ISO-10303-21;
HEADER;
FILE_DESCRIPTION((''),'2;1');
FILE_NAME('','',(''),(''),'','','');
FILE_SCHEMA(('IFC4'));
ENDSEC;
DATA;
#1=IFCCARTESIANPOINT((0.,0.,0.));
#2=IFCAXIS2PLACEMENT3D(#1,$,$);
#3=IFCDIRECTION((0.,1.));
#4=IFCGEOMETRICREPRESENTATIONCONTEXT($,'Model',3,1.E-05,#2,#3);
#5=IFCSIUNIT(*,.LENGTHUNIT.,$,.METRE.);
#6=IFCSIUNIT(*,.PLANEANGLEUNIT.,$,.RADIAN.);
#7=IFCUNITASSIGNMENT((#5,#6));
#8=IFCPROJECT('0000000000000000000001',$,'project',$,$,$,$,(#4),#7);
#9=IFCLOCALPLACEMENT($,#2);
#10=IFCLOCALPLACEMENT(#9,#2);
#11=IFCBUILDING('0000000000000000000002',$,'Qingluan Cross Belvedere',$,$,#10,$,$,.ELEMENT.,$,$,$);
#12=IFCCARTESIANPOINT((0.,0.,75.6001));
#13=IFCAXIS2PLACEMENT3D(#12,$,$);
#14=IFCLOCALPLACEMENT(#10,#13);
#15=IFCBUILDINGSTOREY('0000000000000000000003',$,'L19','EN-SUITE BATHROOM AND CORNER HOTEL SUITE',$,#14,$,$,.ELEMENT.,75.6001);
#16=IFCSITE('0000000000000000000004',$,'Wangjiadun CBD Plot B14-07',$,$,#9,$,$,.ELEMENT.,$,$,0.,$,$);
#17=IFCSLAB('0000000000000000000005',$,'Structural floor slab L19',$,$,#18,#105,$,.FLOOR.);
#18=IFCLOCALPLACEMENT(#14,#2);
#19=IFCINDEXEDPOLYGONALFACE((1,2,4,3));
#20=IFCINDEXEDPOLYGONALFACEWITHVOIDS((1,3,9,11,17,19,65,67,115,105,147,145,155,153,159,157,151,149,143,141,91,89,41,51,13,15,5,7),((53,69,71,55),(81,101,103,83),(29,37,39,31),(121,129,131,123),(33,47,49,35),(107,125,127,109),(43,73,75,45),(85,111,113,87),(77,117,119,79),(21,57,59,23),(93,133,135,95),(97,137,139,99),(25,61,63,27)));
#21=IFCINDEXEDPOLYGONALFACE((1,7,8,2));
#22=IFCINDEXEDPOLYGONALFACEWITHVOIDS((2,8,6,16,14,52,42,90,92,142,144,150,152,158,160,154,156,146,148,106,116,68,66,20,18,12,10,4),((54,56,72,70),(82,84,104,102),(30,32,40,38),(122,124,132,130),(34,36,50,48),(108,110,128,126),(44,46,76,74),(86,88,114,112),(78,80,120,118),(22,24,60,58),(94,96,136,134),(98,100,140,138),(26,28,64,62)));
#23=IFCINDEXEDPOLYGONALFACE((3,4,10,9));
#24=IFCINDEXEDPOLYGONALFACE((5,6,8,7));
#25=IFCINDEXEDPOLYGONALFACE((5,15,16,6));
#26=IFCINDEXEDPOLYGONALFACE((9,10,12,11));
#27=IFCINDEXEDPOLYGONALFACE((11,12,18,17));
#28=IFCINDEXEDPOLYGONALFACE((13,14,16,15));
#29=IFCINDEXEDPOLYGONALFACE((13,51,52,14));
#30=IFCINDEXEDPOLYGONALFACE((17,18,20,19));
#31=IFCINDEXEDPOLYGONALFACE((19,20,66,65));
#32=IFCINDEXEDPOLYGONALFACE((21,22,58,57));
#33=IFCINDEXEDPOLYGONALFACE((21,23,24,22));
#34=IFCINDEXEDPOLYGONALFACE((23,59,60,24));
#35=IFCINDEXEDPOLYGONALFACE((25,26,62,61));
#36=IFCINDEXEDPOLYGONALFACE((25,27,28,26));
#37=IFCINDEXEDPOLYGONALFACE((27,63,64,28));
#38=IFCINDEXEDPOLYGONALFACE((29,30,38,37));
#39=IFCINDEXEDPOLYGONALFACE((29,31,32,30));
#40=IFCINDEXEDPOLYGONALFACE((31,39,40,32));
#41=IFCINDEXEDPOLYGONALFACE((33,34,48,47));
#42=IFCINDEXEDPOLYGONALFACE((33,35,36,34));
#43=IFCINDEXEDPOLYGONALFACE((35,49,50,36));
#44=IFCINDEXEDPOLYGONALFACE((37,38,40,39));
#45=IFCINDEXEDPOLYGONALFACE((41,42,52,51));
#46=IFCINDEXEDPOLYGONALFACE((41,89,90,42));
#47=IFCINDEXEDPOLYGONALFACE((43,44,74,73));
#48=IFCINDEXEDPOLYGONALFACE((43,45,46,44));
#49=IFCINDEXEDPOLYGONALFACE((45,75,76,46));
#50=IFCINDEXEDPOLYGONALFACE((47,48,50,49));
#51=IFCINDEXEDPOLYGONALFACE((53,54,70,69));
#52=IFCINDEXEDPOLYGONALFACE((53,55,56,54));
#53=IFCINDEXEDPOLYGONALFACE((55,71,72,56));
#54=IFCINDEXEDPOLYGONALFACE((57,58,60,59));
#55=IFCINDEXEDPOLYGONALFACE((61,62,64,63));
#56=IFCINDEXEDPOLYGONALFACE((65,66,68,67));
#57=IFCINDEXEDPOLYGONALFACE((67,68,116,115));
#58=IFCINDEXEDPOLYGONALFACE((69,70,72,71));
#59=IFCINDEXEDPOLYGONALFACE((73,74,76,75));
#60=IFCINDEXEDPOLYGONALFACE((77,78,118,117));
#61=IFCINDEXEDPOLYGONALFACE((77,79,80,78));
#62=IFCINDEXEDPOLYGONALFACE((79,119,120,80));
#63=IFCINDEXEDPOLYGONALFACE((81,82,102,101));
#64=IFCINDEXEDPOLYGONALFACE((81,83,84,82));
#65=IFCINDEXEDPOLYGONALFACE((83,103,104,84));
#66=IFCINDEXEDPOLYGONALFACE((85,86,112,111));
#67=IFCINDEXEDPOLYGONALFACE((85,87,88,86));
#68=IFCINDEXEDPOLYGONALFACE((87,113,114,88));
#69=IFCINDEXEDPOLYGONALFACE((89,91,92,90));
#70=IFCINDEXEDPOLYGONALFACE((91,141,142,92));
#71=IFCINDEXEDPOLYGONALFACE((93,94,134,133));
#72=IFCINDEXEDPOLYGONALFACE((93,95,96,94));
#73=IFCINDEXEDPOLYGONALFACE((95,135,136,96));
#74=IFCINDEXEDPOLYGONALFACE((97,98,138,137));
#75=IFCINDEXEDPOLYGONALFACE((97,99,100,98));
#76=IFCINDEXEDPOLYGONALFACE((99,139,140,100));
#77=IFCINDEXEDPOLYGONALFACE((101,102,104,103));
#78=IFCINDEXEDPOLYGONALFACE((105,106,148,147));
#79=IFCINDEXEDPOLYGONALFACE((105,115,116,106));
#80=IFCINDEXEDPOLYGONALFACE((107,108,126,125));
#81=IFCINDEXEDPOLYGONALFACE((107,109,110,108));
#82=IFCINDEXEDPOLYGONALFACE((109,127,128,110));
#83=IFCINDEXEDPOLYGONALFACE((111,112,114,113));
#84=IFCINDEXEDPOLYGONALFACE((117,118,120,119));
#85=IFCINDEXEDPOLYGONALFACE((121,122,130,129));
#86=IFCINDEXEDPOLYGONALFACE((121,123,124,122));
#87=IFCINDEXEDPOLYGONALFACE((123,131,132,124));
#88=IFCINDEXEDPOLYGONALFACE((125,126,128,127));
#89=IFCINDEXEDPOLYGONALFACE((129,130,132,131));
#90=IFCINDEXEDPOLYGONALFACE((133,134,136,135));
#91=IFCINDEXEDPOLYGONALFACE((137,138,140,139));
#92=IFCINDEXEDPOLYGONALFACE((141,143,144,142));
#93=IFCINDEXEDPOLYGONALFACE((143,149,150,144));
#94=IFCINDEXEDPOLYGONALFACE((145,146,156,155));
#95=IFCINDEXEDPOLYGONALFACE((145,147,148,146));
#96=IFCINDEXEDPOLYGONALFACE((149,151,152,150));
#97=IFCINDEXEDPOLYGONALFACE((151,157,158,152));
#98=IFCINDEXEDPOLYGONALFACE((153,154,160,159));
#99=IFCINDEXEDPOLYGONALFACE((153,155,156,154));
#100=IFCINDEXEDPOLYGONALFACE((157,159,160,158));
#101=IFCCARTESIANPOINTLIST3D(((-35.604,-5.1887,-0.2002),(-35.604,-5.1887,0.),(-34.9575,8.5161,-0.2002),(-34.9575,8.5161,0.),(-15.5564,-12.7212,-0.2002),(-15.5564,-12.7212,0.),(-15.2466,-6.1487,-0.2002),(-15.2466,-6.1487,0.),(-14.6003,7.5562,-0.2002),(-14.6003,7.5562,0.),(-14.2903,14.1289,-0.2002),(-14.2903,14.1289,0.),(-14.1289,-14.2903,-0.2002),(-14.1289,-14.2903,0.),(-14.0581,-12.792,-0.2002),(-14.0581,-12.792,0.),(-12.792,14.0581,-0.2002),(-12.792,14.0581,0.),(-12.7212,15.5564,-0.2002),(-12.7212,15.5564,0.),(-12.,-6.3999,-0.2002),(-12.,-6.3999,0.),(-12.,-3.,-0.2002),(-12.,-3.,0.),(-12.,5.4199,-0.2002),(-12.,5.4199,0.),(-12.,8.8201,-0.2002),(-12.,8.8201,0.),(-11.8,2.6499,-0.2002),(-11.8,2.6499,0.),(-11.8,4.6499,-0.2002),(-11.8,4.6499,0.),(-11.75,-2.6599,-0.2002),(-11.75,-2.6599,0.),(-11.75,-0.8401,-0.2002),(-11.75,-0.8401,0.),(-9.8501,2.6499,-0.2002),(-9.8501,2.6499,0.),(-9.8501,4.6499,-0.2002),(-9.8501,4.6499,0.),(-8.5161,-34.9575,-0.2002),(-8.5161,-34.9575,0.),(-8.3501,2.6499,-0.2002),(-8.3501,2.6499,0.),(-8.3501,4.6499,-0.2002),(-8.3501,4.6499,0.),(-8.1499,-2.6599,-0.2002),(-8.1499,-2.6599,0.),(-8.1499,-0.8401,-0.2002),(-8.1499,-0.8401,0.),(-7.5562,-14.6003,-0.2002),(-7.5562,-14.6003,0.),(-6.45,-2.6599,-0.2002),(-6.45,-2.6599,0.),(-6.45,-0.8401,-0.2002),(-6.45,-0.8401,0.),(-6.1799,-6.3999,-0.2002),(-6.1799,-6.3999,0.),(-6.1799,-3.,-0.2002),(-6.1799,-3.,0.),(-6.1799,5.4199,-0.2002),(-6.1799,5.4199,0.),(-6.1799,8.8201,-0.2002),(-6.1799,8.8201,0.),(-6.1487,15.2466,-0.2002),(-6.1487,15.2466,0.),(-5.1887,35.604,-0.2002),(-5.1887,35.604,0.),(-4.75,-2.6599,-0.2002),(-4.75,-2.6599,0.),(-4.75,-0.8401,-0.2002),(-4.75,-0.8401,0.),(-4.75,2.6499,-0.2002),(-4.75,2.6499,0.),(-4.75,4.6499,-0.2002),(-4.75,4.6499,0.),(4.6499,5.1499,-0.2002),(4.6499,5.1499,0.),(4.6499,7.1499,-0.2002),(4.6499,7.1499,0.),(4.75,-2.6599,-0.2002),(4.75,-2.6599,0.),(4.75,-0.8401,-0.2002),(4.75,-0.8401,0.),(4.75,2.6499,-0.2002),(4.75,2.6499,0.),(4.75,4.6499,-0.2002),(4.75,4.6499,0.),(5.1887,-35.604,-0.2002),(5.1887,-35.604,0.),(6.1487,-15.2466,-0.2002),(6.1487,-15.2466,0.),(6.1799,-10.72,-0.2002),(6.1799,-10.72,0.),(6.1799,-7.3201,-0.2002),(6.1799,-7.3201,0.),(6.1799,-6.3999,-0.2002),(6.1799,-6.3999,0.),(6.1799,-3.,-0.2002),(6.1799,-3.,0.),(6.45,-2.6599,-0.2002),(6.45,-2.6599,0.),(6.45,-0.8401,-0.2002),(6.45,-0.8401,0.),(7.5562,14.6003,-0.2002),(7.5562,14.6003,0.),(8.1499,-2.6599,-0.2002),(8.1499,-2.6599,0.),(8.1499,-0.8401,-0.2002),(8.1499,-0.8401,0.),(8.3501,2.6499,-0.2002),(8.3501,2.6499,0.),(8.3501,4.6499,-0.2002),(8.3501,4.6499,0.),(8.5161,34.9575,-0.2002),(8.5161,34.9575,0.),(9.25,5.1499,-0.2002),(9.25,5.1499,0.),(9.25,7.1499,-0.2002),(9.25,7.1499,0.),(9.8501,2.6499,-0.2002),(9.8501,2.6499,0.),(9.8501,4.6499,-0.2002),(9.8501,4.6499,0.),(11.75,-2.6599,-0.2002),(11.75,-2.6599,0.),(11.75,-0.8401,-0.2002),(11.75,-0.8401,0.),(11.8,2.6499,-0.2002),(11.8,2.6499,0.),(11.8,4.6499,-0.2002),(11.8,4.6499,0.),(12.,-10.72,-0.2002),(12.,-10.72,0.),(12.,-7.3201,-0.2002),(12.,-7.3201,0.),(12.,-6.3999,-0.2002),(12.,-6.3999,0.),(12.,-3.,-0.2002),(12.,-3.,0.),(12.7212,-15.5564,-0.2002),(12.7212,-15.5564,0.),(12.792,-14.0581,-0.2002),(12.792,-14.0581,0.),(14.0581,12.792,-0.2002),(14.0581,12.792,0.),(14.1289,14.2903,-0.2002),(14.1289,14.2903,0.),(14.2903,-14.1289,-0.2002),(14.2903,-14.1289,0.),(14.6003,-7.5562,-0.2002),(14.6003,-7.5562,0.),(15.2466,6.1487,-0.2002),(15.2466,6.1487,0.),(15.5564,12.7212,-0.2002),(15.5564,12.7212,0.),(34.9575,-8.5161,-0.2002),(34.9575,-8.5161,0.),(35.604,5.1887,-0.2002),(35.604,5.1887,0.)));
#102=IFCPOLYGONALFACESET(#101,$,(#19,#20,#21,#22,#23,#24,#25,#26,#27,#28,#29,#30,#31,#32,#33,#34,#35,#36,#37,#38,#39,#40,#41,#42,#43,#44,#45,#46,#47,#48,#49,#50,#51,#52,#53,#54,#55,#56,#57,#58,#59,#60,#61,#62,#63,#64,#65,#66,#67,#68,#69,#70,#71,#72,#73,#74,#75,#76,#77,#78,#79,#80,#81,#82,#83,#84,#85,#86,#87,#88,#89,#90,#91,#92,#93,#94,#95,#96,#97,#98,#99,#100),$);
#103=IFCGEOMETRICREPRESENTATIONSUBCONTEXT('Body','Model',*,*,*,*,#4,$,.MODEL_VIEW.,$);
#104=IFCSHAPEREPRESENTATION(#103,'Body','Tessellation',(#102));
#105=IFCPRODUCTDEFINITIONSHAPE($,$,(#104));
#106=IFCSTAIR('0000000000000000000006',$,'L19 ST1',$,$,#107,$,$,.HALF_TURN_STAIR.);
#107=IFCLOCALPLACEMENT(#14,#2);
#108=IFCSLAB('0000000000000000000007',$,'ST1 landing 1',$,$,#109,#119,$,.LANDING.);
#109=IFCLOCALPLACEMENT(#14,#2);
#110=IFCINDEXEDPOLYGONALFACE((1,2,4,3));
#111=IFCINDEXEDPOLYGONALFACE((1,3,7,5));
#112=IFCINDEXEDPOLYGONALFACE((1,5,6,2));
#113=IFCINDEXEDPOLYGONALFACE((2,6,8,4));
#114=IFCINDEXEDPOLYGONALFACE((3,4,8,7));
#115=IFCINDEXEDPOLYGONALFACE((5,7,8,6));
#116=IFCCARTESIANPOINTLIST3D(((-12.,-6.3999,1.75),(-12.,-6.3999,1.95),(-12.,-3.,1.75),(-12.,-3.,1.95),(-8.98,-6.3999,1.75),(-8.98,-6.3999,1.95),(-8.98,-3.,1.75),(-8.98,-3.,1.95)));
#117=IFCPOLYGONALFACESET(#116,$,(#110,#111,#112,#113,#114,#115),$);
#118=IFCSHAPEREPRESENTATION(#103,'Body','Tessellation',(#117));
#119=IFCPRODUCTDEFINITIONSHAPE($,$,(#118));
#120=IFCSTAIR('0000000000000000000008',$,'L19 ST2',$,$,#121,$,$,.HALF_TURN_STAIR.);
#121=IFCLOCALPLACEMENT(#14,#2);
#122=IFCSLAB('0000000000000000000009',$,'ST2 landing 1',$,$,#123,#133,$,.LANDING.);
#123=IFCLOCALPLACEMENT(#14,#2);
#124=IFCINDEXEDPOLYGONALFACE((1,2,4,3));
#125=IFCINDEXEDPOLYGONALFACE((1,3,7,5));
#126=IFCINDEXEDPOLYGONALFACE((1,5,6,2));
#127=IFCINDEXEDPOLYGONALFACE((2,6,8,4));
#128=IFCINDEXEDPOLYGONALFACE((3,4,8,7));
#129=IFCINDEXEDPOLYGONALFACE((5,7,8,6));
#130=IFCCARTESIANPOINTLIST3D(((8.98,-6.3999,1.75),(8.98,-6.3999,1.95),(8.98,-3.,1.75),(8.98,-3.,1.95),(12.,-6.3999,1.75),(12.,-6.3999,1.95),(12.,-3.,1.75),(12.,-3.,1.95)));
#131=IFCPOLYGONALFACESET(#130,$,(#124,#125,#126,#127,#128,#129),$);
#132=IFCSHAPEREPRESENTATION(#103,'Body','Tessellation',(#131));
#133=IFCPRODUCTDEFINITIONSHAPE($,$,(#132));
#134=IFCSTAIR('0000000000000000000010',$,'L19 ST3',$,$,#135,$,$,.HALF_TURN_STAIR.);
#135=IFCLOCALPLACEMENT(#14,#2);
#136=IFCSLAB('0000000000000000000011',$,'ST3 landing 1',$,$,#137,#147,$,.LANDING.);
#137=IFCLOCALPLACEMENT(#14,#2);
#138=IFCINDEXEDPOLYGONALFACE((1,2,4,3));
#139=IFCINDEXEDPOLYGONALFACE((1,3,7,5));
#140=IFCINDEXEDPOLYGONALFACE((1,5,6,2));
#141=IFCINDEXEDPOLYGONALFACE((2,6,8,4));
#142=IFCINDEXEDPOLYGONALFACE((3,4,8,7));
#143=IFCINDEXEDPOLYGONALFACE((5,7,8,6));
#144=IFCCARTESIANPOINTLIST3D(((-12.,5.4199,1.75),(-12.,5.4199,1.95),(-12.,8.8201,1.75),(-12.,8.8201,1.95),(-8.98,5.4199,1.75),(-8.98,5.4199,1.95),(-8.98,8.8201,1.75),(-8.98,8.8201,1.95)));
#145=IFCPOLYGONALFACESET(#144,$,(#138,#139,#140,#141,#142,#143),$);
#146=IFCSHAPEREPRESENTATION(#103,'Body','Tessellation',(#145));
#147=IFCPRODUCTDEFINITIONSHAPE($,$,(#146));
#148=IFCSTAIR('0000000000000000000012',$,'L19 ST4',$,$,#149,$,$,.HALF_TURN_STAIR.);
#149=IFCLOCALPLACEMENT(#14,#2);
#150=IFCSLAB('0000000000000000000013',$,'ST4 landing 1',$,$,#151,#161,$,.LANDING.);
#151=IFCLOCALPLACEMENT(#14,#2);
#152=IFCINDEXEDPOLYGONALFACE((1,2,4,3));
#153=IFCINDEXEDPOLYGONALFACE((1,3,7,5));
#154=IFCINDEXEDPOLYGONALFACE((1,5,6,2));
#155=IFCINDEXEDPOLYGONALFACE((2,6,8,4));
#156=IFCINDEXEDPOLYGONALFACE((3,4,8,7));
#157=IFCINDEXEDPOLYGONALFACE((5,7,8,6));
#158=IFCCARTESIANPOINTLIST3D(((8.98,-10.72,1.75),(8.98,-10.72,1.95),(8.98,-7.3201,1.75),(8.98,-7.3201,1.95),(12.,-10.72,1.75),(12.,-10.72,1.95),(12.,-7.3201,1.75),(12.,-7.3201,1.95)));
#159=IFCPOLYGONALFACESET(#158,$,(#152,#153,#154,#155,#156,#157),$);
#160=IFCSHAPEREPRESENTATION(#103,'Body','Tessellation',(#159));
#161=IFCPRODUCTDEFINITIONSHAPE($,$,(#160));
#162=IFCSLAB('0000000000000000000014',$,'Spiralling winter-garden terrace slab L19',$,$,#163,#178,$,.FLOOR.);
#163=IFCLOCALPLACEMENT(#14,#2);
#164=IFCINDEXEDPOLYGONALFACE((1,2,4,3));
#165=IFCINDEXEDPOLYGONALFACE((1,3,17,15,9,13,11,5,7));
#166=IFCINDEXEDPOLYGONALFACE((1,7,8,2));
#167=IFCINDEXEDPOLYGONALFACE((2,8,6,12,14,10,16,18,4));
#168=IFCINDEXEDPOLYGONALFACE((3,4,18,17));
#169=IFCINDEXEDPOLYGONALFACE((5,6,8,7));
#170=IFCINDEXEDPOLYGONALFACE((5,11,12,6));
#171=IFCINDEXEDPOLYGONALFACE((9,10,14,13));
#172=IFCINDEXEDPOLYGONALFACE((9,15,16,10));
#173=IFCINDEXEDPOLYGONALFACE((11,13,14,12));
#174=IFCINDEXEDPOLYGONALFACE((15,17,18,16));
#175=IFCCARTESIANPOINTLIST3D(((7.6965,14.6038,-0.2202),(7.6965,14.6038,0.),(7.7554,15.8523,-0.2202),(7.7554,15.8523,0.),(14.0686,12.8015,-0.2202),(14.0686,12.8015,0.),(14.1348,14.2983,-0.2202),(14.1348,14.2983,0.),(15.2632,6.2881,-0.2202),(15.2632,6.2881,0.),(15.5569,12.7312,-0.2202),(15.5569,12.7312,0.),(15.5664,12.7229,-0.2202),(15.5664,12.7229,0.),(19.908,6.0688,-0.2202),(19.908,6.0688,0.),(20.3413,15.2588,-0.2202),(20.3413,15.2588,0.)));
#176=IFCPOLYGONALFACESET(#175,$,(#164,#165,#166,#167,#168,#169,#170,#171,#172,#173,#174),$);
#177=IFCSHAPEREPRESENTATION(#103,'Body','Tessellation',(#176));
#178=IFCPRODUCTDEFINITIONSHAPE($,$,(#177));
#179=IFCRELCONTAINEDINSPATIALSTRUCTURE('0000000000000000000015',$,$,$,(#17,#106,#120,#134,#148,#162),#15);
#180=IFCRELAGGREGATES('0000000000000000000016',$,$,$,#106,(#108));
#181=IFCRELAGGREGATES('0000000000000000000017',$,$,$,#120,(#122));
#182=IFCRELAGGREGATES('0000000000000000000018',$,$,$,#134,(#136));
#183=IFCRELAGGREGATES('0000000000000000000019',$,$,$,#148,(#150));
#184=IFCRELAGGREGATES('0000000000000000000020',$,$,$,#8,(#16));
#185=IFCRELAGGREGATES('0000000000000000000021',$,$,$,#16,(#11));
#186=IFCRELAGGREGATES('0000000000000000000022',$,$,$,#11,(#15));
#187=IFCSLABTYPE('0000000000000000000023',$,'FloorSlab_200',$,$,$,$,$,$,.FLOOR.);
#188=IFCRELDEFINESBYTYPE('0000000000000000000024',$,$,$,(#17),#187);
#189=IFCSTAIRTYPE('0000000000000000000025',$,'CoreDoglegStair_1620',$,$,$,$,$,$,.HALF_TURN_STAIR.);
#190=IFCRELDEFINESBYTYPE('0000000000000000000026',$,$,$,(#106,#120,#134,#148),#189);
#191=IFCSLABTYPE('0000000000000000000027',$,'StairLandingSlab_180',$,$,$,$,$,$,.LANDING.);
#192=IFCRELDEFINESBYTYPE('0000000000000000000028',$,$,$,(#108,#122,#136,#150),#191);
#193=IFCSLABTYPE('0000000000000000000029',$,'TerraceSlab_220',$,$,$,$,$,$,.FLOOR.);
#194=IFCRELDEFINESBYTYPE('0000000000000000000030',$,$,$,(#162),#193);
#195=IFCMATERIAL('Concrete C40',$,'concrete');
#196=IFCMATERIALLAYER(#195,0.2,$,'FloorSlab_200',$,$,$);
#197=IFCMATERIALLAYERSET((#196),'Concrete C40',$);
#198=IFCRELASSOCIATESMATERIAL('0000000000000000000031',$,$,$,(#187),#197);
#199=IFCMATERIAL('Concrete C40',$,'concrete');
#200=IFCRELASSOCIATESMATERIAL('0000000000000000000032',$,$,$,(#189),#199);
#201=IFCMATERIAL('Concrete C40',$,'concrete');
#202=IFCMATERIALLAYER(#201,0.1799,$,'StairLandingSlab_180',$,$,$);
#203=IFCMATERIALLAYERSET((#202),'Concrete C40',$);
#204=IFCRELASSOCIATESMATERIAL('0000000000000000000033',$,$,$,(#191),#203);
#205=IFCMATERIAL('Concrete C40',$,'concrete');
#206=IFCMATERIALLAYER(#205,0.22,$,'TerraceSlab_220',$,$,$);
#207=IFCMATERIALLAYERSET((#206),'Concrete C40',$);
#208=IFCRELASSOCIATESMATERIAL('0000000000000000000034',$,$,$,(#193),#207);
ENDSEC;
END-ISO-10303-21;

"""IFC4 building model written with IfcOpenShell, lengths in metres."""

from ifc_helpers import new_model, si_unit, direction, frame, origin, place, context, subcontext, project, spatial, polyline, outline, extrude, material, layer, layer_set, type_object, element, aggregate, save


model = new_model("IFC4")

# Units and contexts
model_context = context("Model", 3, precision=1e-05, world=origin(), true_north=direction((0.0, 1.0)))
body_context = subcontext(model_context, "Body", "Model", "MODEL_VIEW")
ifc_project = project(units=[si_unit("LENGTHUNIT", "METRE"), si_unit("PLANEANGLEUNIT", "RADIAN")], contexts=[model_context])

# Site, building, storey
site_placement = place(None, origin())
site = spatial("IfcSite", under=ifc_project, at=site_placement, Name="Wangjiadun CBD Plot B14-07", CompositionType="ELEMENT", RefElevation=0.0)
building_placement = place(site_placement, origin())
building = spatial("IfcBuilding", under=site, at=building_placement, Name="Qingluan Cross Belvedere", CompositionType="ELEMENT")
storey_placement = place(building_placement, frame((0.0, 0.0, 75.6001)))
storey = spatial("IfcBuildingStorey", under=building, at=storey_placement, Name="L19", Description="EN-SUITE BATHROOM AND CORNER HOTEL SUITE", CompositionType="ELEMENT", Elevation=75.6001)

# Slab
ifc_material_1 = material(Name="Concrete C40", Category="concrete")
ifc_layer_1 = layer(ifc_material_1, 0.2, Name="FloorSlab_200")
ifc_layer_set_1 = layer_set([ifc_layer_1], Name="Concrete C40")
slab_type_1 = type_object("IfcSlabType", Name="FloorSlab_200", PredefinedType="FLOOR", material=ifc_layer_set_1)
slab_1_placement = place(storey_placement, frame((0.0, 0.0, -0.2002)))
element("IfcSlab", 1, at=slab_1_placement, inside=storey, type_object=slab_type_1, Name="Structural floor slab L19", PredefinedType="FLOOR", context=body_context, shape_type="SweptSolid", body=[
    extrude(outline(polyline([(5.1887, -35.604), (6.1487, -15.2466), (12.7212, -15.5564), (12.792, -14.0581), (14.2903, -14.1289), (14.6003, -7.5562), (34.9575, -8.5161), (35.604, 5.1887), (15.2466, 6.1487), (15.5564, 12.7212), (14.0581, 12.792), (14.1289, 14.2903), (7.5562, 14.6003), (8.5161, 34.9575), (-5.1887, 35.604), (-6.1487, 15.2466), (-12.7212, 15.5564), (-12.792, 14.0581), (-14.2903, 14.1289), (-14.6003, 7.5562), (-34.9575, 8.5161), (-35.604, -5.1887), (-15.2466, -6.1487), (-15.5564, -12.7212), (-14.0581, -12.792), (-14.1289, -14.2903), (-7.5562, -14.6003), (-8.5161, -34.9575), (5.1887, -35.604)]), holes=[polyline([(-12.0, -3.0), (-6.1799, -3.0), (-6.1799, -6.3999), (-12.0, -6.3999), (-12.0, -3.0)]), polyline([(6.1799, -3.0), (12.0, -3.0), (12.0, -6.3999), (6.1799, -6.3999), (6.1799, -3.0)]), polyline([(-12.0, 8.8201), (-6.1799, 8.8201), (-6.1799, 5.4199), (-12.0, 5.4199), (-12.0, 8.8201)]), polyline([(6.1799, -7.3201), (12.0, -7.3201), (12.0, -10.72), (6.1799, -10.72), (6.1799, -7.3201)]), polyline([(-11.8, 4.6499), (-9.8501, 4.6499), (-9.8501, 2.6499), (-11.8, 2.6499), (-11.8, 4.6499)]), polyline([(-8.3501, 4.6499), (-4.75, 4.6499), (-4.75, 2.6499), (-8.3501, 2.6499), (-8.3501, 4.6499)]), polyline([(4.75, 4.6499), (8.3501, 4.6499), (8.3501, 2.6499), (4.75, 2.6499), (4.75, 4.6499)]), polyline([(9.8501, 4.6499), (11.8, 4.6499), (11.8, 2.6499), (9.8501, 2.6499), (9.8501, 4.6499)]), polyline([(-11.75, -0.8401), (-8.1499, -0.8401), (-8.1499, -2.6599), (-11.75, -2.6599), (-11.75, -0.8401)]), polyline([(-6.45, -0.8401), (-4.75, -0.8401), (-4.75, -2.6599), (-6.45, -2.6599), (-6.45, -0.8401)]), polyline([(4.75, -0.8401), (6.45, -0.8401), (6.45, -2.6599), (4.75, -2.6599), (4.75, -0.8401)]), polyline([(8.1499, -0.8401), (11.75, -0.8401), (11.75, -2.6599), (8.1499, -2.6599), (8.1499, -0.8401)]), polyline([(4.6499, 7.1499), (9.25, 7.1499), (9.25, 5.1499), (4.6499, 5.1499), (4.6499, 7.1499)])]), origin(), (0.0, 0.0, 1.0), 0.2002),
])

# Stairs, slabs
ifc_material_2 = material(Name="Concrete C40", Category="concrete")
stair_type = type_object("IfcStairType", Name="CoreDoglegStair_1620", PredefinedType="HALF_TURN_STAIR", material=ifc_material_2)
stair_1_placement = place(storey_placement, origin())
stair_1 = element("IfcStair", 2, at=stair_1_placement, inside=storey, type_object=stair_type, Name="L19 ST1", PredefinedType="HALF_TURN_STAIR")
ifc_material_3 = material(Name="Concrete C40", Category="concrete")
ifc_layer_2 = layer(ifc_material_3, 0.1799, Name="StairLandingSlab_180")
ifc_layer_set_2 = layer_set([ifc_layer_2], Name="Concrete C40")
slab_type_2 = type_object("IfcSlabType", Name="StairLandingSlab_180", PredefinedType="LANDING", material=ifc_layer_set_2)
slab_2_placement = place(storey_placement, frame((0.0, 0.0, 1.75)))
slab_2 = element("IfcSlab", 3, at=slab_2_placement, type_object=slab_type_2, Name="ST1 landing 1", PredefinedType="LANDING", context=body_context, shape_type="SweptSolid", body=[
    extrude(outline(polyline([(-8.98, -3.0), (-12.0, -3.0), (-12.0, -6.3999), (-8.98, -6.3999), (-8.98, -3.0)])), origin(), (0.0, 0.0, 1.0), 0.2),
])
aggregate(stair_1, [slab_2])
stair_2_placement = place(storey_placement, origin())
stair_2 = element("IfcStair", 4, at=stair_2_placement, inside=storey, type_object=stair_type, Name="L19 ST2", PredefinedType="HALF_TURN_STAIR")
slab_3_placement = place(storey_placement, frame((0.0, 0.0, 1.75)))
slab_3 = element("IfcSlab", 5, at=slab_3_placement, type_object=slab_type_2, Name="ST2 landing 1", PredefinedType="LANDING", context=body_context, shape_type="SweptSolid", body=[
    extrude(outline(polyline([(8.98, -6.3999), (12.0, -6.3999), (12.0, -3.0), (8.98, -3.0), (8.98, -6.3999)])), origin(), (0.0, 0.0, 1.0), 0.2),
])
aggregate(stair_2, [slab_3])
stair_3_placement = place(storey_placement, origin())
stair_3 = element("IfcStair", 6, at=stair_3_placement, inside=storey, type_object=stair_type, Name="L19 ST3", PredefinedType="HALF_TURN_STAIR")
slab_4_placement = place(storey_placement, frame((0.0, 0.0, 1.75)))
slab_4 = element("IfcSlab", 7, at=slab_4_placement, type_object=slab_type_2, Name="ST3 landing 1", PredefinedType="LANDING", context=body_context, shape_type="SweptSolid", body=[
    extrude(outline(polyline([(-8.98, 8.8201), (-12.0, 8.8201), (-12.0, 5.4199), (-8.98, 5.4199), (-8.98, 8.8201)])), origin(), (0.0, 0.0, 1.0), 0.2),
])
aggregate(stair_3, [slab_4])
stair_4_placement = place(storey_placement, origin())
stair_4 = element("IfcStair", 8, at=stair_4_placement, inside=storey, type_object=stair_type, Name="L19 ST4", PredefinedType="HALF_TURN_STAIR")
slab_5_placement = place(storey_placement, frame((0.0, 0.0, 1.75)))
slab_5 = element("IfcSlab", 9, at=slab_5_placement, type_object=slab_type_2, Name="ST4 landing 1", PredefinedType="LANDING", context=body_context, shape_type="SweptSolid", body=[
    extrude(outline(polyline([(8.98, -10.72), (12.0, -10.72), (12.0, -7.3201), (8.98, -7.3201), (8.98, -10.72)])), origin(), (0.0, 0.0, 1.0), 0.2),
])
aggregate(stair_4, [slab_5])

# Slab
ifc_material_4 = material(Name="Concrete C40", Category="concrete")
ifc_layer_3 = layer(ifc_material_4, 0.22, Name="TerraceSlab_220")
ifc_layer_set_3 = layer_set([ifc_layer_3], Name="Concrete C40")
slab_type_3 = type_object("IfcSlabType", Name="TerraceSlab_220", PredefinedType="FLOOR", material=ifc_layer_set_3)
slab_6_placement = place(storey_placement, frame((0.0, 0.0, -0.2202)))
element("IfcSlab", 10, at=slab_6_placement, inside=storey, type_object=slab_type_3, Name="Spiralling winter-garden terrace slab L19", PredefinedType="FLOOR", context=body_context, shape_type="SweptSolid", body=[
    extrude(outline(polyline([(7.6965, 14.6038), (14.1348, 14.2983), (14.0686, 12.8015), (15.5569, 12.7312), (15.5664, 12.7229), (15.2632, 6.2881), (19.908, 6.0688), (20.3413, 15.2588), (7.7554, 15.8523), (7.6965, 14.6038)])), origin(), (0.0, 0.0, 1.0), 0.2202),
])

save(model, "model.ifc")
